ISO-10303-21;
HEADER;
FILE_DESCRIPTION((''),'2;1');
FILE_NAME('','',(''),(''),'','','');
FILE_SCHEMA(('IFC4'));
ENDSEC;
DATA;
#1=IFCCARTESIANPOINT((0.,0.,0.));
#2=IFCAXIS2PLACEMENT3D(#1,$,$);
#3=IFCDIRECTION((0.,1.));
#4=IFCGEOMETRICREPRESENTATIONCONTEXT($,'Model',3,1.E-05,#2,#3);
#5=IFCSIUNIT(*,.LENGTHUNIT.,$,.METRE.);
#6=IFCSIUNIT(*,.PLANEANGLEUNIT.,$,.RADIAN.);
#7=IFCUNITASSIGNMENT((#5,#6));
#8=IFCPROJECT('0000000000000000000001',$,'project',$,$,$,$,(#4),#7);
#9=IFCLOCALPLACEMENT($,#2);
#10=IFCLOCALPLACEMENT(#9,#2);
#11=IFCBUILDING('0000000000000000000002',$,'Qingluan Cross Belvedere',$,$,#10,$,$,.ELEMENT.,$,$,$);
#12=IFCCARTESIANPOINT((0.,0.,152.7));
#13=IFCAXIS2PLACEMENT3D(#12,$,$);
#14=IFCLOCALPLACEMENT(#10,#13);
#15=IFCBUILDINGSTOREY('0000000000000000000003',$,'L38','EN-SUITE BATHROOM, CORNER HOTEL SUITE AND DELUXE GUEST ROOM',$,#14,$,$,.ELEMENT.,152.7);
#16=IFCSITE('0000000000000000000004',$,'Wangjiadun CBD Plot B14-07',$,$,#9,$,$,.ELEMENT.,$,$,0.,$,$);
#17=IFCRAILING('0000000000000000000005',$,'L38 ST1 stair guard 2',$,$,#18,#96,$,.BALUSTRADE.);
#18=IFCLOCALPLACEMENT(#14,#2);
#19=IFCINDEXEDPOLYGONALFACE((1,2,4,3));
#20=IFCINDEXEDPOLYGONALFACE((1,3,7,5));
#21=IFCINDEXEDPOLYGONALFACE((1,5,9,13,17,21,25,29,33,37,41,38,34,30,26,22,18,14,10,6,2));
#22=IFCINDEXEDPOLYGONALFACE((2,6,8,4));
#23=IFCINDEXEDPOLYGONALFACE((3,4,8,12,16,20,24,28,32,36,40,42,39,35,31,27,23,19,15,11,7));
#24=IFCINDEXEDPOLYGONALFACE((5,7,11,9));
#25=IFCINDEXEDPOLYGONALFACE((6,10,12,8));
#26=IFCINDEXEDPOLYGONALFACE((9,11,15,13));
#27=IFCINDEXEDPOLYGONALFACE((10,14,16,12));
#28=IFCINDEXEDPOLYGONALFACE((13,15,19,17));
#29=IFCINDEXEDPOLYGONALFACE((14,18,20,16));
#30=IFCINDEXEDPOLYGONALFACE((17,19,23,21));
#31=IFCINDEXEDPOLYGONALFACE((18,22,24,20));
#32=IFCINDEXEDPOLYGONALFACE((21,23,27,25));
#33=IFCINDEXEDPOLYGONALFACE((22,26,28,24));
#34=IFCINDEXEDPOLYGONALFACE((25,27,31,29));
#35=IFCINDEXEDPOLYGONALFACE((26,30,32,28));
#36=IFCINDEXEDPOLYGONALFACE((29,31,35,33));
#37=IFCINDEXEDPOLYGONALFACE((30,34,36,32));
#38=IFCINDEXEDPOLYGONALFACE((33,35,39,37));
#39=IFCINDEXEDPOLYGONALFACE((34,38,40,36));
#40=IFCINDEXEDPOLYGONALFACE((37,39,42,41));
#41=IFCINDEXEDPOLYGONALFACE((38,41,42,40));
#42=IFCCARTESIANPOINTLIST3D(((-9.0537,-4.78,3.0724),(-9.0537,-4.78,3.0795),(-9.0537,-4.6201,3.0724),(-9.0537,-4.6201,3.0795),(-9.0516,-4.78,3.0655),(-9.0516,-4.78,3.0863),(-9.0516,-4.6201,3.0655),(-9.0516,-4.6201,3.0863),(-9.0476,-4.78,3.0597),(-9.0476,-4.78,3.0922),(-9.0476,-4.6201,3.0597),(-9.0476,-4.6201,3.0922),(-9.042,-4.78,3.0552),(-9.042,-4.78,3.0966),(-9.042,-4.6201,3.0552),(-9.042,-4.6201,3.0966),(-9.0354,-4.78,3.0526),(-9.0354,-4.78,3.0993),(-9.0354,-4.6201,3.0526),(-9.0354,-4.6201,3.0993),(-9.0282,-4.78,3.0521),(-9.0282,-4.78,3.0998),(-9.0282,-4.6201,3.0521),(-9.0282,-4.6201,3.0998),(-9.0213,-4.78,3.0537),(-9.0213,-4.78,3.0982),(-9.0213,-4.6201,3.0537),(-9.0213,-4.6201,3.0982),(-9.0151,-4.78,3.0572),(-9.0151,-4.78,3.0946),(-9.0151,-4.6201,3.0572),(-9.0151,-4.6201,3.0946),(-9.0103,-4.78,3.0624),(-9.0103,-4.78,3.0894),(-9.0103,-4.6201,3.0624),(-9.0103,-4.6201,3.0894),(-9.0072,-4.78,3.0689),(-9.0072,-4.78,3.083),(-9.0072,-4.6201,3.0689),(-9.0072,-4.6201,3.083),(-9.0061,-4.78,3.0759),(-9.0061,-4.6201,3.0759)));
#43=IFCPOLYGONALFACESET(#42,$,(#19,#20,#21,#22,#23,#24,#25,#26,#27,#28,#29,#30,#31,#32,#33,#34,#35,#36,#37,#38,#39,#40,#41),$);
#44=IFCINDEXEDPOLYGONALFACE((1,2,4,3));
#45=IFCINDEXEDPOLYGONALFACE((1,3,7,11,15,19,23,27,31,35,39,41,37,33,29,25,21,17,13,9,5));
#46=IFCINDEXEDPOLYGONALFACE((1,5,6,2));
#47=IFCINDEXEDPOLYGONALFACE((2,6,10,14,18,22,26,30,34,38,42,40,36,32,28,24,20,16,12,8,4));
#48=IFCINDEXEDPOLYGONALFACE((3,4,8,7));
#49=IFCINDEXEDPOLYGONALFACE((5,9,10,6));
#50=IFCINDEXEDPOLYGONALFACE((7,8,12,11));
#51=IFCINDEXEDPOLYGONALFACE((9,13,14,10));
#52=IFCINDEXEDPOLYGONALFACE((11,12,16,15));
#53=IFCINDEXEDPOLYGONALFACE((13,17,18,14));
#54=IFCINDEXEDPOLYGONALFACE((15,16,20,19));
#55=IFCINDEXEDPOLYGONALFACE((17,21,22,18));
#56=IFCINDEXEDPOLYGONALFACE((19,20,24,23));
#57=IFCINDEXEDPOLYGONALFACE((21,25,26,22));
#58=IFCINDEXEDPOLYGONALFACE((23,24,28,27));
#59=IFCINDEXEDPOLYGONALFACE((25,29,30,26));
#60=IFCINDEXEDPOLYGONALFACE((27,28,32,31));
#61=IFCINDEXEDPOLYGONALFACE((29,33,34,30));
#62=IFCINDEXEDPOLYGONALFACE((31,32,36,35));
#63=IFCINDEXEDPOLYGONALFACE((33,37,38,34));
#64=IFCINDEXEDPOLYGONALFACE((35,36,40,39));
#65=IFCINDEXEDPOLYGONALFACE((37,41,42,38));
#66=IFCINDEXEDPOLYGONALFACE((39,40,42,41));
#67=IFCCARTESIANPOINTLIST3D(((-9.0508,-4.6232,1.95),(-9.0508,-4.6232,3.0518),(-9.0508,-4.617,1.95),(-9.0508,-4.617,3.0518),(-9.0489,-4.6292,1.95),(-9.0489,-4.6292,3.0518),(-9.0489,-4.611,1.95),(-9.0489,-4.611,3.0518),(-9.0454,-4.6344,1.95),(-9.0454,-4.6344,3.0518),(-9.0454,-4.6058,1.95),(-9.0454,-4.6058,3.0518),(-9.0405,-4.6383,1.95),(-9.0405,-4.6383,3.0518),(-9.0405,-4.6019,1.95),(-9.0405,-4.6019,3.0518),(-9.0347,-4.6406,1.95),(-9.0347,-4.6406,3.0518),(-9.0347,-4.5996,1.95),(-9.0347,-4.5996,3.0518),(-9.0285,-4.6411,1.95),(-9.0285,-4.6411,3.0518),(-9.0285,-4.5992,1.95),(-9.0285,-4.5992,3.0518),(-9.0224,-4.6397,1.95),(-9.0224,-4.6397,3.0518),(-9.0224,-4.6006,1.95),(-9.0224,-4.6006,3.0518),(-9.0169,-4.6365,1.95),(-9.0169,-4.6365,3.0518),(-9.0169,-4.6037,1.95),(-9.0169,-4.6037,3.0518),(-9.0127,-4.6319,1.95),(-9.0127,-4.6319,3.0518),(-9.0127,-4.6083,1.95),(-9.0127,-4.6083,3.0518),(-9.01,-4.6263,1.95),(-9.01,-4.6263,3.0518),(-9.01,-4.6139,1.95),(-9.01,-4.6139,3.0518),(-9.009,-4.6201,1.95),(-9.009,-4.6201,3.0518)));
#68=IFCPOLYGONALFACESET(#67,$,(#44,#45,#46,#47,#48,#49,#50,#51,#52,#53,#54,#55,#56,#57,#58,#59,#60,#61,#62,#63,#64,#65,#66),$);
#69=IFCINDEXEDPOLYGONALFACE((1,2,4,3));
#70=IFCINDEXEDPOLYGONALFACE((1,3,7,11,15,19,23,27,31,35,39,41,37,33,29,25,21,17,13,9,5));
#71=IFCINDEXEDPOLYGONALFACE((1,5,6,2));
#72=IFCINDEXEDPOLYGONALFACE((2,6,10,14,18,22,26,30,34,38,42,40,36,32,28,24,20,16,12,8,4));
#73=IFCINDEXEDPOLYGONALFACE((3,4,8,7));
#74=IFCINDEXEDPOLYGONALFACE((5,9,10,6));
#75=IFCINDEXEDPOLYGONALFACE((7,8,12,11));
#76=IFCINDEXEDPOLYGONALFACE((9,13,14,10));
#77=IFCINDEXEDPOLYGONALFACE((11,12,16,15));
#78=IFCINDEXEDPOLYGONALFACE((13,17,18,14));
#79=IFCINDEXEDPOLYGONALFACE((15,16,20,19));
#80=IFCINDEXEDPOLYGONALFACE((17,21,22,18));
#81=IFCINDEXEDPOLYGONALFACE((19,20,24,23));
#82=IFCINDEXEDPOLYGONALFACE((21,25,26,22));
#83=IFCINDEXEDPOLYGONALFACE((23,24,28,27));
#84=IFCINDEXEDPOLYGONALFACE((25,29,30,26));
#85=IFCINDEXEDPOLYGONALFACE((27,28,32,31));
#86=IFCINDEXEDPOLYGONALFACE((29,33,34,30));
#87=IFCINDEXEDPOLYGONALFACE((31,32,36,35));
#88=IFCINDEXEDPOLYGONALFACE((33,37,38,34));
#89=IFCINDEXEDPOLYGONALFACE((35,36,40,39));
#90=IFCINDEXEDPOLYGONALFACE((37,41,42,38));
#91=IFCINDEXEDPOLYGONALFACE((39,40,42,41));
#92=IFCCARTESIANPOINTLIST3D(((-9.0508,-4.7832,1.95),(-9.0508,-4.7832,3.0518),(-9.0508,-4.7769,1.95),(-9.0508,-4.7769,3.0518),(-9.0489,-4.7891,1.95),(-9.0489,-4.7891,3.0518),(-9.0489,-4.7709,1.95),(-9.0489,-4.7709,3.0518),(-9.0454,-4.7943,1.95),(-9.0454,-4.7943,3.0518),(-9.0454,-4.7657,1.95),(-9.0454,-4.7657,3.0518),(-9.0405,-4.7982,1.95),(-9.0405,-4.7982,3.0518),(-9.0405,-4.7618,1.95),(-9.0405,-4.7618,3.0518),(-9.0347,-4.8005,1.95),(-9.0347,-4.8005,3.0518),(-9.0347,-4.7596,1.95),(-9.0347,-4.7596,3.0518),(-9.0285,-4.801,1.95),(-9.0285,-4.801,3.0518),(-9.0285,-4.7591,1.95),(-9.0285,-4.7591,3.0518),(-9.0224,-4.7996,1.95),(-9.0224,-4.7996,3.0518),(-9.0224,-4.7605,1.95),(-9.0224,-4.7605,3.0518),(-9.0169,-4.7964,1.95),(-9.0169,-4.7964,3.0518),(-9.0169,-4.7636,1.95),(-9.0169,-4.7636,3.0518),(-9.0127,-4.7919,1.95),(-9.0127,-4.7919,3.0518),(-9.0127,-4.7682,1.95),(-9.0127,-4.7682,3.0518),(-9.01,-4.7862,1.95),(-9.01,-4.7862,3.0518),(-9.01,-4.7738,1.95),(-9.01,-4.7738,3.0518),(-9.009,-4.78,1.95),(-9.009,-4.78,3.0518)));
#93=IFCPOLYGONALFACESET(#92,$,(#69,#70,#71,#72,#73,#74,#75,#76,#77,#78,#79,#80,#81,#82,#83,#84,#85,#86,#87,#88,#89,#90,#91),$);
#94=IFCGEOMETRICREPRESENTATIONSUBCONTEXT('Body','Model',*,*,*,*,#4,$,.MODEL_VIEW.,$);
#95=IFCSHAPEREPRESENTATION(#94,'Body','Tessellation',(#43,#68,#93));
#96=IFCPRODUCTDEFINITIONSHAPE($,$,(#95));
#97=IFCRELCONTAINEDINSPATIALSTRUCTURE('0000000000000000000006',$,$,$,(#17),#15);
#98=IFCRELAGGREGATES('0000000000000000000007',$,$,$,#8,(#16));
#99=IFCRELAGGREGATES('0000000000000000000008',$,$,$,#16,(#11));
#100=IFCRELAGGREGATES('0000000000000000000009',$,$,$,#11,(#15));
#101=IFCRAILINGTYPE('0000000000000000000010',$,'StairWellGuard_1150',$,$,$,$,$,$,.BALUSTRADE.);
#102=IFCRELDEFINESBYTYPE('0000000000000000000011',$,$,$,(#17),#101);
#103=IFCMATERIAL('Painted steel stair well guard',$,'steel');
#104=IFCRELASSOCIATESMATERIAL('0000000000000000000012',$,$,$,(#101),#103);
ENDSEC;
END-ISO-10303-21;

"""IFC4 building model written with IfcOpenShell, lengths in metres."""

from ifc_helpers import new_model, si_unit, direction, frame, origin, origin_2d, place, context, subcontext, project, spatial, circle, extrude, material, type_object, element, save


model = new_model("IFC4")

# Units and contexts
model_context = context("Model", 3, precision=1e-05, world=origin(), true_north=direction((0.0, 1.0)))
body_context = subcontext(model_context, "Body", "Model", "MODEL_VIEW")
ifc_project = project(units=[si_unit("LENGTHUNIT", "METRE"), si_unit("PLANEANGLEUNIT", "RADIAN")], contexts=[model_context])

# Site, building, storey
site_placement = place(None, origin())
site = spatial("IfcSite", under=ifc_project, at=site_placement, Name="Wangjiadun CBD Plot B14-07", CompositionType="ELEMENT", RefElevation=0.0)
building_placement = place(site_placement, origin())
building = spatial("IfcBuilding", under=site, at=building_placement, Name="Qingluan Cross Belvedere", CompositionType="ELEMENT")
storey_placement = place(building_placement, frame((0.0, 0.0, 152.7)))
storey = spatial("IfcBuildingStorey", under=building, at=storey_placement, Name="L38", Description="EN-SUITE BATHROOM, CORNER HOTEL SUITE AND DELUXE GUEST ROOM", CompositionType="ELEMENT", Elevation=152.7)

# Railing
ifc_material_1 = material(Name="Painted steel stair well guard", Category="steel")
railing_type_1 = type_object("IfcRailingType", Name="StairWellGuard_1150", PredefinedType="BALUSTRADE", material=ifc_material_1)
railing_1_placement = place(storey_placement, frame((-9.03, -4.6201, 1.95)))
element("IfcRailing", 1, at=railing_1_placement, inside=storey, type_object=railing_type_1, Name="L38 ST1 stair guard 2", PredefinedType="BALUSTRADE", context=body_context, shape_type="SweptSolid", body=[
    extrude(circle(Radius=0.0239, at=origin_2d()), frame((0.0, 0.0, 1.126), z_axis=(0.0, -1.0, 0.0), x_axis=(1.0, 0.0, 0.0)), (0.0, 0.0, 1.0), 0.1599),
    extrude(circle(Radius=0.021, at=origin_2d()), origin(), (0.0, 0.0, 1.0), 1.1018),
    extrude(circle(Radius=0.021, at=origin_2d()), frame((0.0, -0.1599, 0.0)), (0.0, 0.0, 1.0), 1.1018),
])

save(model, "model.ifc")
